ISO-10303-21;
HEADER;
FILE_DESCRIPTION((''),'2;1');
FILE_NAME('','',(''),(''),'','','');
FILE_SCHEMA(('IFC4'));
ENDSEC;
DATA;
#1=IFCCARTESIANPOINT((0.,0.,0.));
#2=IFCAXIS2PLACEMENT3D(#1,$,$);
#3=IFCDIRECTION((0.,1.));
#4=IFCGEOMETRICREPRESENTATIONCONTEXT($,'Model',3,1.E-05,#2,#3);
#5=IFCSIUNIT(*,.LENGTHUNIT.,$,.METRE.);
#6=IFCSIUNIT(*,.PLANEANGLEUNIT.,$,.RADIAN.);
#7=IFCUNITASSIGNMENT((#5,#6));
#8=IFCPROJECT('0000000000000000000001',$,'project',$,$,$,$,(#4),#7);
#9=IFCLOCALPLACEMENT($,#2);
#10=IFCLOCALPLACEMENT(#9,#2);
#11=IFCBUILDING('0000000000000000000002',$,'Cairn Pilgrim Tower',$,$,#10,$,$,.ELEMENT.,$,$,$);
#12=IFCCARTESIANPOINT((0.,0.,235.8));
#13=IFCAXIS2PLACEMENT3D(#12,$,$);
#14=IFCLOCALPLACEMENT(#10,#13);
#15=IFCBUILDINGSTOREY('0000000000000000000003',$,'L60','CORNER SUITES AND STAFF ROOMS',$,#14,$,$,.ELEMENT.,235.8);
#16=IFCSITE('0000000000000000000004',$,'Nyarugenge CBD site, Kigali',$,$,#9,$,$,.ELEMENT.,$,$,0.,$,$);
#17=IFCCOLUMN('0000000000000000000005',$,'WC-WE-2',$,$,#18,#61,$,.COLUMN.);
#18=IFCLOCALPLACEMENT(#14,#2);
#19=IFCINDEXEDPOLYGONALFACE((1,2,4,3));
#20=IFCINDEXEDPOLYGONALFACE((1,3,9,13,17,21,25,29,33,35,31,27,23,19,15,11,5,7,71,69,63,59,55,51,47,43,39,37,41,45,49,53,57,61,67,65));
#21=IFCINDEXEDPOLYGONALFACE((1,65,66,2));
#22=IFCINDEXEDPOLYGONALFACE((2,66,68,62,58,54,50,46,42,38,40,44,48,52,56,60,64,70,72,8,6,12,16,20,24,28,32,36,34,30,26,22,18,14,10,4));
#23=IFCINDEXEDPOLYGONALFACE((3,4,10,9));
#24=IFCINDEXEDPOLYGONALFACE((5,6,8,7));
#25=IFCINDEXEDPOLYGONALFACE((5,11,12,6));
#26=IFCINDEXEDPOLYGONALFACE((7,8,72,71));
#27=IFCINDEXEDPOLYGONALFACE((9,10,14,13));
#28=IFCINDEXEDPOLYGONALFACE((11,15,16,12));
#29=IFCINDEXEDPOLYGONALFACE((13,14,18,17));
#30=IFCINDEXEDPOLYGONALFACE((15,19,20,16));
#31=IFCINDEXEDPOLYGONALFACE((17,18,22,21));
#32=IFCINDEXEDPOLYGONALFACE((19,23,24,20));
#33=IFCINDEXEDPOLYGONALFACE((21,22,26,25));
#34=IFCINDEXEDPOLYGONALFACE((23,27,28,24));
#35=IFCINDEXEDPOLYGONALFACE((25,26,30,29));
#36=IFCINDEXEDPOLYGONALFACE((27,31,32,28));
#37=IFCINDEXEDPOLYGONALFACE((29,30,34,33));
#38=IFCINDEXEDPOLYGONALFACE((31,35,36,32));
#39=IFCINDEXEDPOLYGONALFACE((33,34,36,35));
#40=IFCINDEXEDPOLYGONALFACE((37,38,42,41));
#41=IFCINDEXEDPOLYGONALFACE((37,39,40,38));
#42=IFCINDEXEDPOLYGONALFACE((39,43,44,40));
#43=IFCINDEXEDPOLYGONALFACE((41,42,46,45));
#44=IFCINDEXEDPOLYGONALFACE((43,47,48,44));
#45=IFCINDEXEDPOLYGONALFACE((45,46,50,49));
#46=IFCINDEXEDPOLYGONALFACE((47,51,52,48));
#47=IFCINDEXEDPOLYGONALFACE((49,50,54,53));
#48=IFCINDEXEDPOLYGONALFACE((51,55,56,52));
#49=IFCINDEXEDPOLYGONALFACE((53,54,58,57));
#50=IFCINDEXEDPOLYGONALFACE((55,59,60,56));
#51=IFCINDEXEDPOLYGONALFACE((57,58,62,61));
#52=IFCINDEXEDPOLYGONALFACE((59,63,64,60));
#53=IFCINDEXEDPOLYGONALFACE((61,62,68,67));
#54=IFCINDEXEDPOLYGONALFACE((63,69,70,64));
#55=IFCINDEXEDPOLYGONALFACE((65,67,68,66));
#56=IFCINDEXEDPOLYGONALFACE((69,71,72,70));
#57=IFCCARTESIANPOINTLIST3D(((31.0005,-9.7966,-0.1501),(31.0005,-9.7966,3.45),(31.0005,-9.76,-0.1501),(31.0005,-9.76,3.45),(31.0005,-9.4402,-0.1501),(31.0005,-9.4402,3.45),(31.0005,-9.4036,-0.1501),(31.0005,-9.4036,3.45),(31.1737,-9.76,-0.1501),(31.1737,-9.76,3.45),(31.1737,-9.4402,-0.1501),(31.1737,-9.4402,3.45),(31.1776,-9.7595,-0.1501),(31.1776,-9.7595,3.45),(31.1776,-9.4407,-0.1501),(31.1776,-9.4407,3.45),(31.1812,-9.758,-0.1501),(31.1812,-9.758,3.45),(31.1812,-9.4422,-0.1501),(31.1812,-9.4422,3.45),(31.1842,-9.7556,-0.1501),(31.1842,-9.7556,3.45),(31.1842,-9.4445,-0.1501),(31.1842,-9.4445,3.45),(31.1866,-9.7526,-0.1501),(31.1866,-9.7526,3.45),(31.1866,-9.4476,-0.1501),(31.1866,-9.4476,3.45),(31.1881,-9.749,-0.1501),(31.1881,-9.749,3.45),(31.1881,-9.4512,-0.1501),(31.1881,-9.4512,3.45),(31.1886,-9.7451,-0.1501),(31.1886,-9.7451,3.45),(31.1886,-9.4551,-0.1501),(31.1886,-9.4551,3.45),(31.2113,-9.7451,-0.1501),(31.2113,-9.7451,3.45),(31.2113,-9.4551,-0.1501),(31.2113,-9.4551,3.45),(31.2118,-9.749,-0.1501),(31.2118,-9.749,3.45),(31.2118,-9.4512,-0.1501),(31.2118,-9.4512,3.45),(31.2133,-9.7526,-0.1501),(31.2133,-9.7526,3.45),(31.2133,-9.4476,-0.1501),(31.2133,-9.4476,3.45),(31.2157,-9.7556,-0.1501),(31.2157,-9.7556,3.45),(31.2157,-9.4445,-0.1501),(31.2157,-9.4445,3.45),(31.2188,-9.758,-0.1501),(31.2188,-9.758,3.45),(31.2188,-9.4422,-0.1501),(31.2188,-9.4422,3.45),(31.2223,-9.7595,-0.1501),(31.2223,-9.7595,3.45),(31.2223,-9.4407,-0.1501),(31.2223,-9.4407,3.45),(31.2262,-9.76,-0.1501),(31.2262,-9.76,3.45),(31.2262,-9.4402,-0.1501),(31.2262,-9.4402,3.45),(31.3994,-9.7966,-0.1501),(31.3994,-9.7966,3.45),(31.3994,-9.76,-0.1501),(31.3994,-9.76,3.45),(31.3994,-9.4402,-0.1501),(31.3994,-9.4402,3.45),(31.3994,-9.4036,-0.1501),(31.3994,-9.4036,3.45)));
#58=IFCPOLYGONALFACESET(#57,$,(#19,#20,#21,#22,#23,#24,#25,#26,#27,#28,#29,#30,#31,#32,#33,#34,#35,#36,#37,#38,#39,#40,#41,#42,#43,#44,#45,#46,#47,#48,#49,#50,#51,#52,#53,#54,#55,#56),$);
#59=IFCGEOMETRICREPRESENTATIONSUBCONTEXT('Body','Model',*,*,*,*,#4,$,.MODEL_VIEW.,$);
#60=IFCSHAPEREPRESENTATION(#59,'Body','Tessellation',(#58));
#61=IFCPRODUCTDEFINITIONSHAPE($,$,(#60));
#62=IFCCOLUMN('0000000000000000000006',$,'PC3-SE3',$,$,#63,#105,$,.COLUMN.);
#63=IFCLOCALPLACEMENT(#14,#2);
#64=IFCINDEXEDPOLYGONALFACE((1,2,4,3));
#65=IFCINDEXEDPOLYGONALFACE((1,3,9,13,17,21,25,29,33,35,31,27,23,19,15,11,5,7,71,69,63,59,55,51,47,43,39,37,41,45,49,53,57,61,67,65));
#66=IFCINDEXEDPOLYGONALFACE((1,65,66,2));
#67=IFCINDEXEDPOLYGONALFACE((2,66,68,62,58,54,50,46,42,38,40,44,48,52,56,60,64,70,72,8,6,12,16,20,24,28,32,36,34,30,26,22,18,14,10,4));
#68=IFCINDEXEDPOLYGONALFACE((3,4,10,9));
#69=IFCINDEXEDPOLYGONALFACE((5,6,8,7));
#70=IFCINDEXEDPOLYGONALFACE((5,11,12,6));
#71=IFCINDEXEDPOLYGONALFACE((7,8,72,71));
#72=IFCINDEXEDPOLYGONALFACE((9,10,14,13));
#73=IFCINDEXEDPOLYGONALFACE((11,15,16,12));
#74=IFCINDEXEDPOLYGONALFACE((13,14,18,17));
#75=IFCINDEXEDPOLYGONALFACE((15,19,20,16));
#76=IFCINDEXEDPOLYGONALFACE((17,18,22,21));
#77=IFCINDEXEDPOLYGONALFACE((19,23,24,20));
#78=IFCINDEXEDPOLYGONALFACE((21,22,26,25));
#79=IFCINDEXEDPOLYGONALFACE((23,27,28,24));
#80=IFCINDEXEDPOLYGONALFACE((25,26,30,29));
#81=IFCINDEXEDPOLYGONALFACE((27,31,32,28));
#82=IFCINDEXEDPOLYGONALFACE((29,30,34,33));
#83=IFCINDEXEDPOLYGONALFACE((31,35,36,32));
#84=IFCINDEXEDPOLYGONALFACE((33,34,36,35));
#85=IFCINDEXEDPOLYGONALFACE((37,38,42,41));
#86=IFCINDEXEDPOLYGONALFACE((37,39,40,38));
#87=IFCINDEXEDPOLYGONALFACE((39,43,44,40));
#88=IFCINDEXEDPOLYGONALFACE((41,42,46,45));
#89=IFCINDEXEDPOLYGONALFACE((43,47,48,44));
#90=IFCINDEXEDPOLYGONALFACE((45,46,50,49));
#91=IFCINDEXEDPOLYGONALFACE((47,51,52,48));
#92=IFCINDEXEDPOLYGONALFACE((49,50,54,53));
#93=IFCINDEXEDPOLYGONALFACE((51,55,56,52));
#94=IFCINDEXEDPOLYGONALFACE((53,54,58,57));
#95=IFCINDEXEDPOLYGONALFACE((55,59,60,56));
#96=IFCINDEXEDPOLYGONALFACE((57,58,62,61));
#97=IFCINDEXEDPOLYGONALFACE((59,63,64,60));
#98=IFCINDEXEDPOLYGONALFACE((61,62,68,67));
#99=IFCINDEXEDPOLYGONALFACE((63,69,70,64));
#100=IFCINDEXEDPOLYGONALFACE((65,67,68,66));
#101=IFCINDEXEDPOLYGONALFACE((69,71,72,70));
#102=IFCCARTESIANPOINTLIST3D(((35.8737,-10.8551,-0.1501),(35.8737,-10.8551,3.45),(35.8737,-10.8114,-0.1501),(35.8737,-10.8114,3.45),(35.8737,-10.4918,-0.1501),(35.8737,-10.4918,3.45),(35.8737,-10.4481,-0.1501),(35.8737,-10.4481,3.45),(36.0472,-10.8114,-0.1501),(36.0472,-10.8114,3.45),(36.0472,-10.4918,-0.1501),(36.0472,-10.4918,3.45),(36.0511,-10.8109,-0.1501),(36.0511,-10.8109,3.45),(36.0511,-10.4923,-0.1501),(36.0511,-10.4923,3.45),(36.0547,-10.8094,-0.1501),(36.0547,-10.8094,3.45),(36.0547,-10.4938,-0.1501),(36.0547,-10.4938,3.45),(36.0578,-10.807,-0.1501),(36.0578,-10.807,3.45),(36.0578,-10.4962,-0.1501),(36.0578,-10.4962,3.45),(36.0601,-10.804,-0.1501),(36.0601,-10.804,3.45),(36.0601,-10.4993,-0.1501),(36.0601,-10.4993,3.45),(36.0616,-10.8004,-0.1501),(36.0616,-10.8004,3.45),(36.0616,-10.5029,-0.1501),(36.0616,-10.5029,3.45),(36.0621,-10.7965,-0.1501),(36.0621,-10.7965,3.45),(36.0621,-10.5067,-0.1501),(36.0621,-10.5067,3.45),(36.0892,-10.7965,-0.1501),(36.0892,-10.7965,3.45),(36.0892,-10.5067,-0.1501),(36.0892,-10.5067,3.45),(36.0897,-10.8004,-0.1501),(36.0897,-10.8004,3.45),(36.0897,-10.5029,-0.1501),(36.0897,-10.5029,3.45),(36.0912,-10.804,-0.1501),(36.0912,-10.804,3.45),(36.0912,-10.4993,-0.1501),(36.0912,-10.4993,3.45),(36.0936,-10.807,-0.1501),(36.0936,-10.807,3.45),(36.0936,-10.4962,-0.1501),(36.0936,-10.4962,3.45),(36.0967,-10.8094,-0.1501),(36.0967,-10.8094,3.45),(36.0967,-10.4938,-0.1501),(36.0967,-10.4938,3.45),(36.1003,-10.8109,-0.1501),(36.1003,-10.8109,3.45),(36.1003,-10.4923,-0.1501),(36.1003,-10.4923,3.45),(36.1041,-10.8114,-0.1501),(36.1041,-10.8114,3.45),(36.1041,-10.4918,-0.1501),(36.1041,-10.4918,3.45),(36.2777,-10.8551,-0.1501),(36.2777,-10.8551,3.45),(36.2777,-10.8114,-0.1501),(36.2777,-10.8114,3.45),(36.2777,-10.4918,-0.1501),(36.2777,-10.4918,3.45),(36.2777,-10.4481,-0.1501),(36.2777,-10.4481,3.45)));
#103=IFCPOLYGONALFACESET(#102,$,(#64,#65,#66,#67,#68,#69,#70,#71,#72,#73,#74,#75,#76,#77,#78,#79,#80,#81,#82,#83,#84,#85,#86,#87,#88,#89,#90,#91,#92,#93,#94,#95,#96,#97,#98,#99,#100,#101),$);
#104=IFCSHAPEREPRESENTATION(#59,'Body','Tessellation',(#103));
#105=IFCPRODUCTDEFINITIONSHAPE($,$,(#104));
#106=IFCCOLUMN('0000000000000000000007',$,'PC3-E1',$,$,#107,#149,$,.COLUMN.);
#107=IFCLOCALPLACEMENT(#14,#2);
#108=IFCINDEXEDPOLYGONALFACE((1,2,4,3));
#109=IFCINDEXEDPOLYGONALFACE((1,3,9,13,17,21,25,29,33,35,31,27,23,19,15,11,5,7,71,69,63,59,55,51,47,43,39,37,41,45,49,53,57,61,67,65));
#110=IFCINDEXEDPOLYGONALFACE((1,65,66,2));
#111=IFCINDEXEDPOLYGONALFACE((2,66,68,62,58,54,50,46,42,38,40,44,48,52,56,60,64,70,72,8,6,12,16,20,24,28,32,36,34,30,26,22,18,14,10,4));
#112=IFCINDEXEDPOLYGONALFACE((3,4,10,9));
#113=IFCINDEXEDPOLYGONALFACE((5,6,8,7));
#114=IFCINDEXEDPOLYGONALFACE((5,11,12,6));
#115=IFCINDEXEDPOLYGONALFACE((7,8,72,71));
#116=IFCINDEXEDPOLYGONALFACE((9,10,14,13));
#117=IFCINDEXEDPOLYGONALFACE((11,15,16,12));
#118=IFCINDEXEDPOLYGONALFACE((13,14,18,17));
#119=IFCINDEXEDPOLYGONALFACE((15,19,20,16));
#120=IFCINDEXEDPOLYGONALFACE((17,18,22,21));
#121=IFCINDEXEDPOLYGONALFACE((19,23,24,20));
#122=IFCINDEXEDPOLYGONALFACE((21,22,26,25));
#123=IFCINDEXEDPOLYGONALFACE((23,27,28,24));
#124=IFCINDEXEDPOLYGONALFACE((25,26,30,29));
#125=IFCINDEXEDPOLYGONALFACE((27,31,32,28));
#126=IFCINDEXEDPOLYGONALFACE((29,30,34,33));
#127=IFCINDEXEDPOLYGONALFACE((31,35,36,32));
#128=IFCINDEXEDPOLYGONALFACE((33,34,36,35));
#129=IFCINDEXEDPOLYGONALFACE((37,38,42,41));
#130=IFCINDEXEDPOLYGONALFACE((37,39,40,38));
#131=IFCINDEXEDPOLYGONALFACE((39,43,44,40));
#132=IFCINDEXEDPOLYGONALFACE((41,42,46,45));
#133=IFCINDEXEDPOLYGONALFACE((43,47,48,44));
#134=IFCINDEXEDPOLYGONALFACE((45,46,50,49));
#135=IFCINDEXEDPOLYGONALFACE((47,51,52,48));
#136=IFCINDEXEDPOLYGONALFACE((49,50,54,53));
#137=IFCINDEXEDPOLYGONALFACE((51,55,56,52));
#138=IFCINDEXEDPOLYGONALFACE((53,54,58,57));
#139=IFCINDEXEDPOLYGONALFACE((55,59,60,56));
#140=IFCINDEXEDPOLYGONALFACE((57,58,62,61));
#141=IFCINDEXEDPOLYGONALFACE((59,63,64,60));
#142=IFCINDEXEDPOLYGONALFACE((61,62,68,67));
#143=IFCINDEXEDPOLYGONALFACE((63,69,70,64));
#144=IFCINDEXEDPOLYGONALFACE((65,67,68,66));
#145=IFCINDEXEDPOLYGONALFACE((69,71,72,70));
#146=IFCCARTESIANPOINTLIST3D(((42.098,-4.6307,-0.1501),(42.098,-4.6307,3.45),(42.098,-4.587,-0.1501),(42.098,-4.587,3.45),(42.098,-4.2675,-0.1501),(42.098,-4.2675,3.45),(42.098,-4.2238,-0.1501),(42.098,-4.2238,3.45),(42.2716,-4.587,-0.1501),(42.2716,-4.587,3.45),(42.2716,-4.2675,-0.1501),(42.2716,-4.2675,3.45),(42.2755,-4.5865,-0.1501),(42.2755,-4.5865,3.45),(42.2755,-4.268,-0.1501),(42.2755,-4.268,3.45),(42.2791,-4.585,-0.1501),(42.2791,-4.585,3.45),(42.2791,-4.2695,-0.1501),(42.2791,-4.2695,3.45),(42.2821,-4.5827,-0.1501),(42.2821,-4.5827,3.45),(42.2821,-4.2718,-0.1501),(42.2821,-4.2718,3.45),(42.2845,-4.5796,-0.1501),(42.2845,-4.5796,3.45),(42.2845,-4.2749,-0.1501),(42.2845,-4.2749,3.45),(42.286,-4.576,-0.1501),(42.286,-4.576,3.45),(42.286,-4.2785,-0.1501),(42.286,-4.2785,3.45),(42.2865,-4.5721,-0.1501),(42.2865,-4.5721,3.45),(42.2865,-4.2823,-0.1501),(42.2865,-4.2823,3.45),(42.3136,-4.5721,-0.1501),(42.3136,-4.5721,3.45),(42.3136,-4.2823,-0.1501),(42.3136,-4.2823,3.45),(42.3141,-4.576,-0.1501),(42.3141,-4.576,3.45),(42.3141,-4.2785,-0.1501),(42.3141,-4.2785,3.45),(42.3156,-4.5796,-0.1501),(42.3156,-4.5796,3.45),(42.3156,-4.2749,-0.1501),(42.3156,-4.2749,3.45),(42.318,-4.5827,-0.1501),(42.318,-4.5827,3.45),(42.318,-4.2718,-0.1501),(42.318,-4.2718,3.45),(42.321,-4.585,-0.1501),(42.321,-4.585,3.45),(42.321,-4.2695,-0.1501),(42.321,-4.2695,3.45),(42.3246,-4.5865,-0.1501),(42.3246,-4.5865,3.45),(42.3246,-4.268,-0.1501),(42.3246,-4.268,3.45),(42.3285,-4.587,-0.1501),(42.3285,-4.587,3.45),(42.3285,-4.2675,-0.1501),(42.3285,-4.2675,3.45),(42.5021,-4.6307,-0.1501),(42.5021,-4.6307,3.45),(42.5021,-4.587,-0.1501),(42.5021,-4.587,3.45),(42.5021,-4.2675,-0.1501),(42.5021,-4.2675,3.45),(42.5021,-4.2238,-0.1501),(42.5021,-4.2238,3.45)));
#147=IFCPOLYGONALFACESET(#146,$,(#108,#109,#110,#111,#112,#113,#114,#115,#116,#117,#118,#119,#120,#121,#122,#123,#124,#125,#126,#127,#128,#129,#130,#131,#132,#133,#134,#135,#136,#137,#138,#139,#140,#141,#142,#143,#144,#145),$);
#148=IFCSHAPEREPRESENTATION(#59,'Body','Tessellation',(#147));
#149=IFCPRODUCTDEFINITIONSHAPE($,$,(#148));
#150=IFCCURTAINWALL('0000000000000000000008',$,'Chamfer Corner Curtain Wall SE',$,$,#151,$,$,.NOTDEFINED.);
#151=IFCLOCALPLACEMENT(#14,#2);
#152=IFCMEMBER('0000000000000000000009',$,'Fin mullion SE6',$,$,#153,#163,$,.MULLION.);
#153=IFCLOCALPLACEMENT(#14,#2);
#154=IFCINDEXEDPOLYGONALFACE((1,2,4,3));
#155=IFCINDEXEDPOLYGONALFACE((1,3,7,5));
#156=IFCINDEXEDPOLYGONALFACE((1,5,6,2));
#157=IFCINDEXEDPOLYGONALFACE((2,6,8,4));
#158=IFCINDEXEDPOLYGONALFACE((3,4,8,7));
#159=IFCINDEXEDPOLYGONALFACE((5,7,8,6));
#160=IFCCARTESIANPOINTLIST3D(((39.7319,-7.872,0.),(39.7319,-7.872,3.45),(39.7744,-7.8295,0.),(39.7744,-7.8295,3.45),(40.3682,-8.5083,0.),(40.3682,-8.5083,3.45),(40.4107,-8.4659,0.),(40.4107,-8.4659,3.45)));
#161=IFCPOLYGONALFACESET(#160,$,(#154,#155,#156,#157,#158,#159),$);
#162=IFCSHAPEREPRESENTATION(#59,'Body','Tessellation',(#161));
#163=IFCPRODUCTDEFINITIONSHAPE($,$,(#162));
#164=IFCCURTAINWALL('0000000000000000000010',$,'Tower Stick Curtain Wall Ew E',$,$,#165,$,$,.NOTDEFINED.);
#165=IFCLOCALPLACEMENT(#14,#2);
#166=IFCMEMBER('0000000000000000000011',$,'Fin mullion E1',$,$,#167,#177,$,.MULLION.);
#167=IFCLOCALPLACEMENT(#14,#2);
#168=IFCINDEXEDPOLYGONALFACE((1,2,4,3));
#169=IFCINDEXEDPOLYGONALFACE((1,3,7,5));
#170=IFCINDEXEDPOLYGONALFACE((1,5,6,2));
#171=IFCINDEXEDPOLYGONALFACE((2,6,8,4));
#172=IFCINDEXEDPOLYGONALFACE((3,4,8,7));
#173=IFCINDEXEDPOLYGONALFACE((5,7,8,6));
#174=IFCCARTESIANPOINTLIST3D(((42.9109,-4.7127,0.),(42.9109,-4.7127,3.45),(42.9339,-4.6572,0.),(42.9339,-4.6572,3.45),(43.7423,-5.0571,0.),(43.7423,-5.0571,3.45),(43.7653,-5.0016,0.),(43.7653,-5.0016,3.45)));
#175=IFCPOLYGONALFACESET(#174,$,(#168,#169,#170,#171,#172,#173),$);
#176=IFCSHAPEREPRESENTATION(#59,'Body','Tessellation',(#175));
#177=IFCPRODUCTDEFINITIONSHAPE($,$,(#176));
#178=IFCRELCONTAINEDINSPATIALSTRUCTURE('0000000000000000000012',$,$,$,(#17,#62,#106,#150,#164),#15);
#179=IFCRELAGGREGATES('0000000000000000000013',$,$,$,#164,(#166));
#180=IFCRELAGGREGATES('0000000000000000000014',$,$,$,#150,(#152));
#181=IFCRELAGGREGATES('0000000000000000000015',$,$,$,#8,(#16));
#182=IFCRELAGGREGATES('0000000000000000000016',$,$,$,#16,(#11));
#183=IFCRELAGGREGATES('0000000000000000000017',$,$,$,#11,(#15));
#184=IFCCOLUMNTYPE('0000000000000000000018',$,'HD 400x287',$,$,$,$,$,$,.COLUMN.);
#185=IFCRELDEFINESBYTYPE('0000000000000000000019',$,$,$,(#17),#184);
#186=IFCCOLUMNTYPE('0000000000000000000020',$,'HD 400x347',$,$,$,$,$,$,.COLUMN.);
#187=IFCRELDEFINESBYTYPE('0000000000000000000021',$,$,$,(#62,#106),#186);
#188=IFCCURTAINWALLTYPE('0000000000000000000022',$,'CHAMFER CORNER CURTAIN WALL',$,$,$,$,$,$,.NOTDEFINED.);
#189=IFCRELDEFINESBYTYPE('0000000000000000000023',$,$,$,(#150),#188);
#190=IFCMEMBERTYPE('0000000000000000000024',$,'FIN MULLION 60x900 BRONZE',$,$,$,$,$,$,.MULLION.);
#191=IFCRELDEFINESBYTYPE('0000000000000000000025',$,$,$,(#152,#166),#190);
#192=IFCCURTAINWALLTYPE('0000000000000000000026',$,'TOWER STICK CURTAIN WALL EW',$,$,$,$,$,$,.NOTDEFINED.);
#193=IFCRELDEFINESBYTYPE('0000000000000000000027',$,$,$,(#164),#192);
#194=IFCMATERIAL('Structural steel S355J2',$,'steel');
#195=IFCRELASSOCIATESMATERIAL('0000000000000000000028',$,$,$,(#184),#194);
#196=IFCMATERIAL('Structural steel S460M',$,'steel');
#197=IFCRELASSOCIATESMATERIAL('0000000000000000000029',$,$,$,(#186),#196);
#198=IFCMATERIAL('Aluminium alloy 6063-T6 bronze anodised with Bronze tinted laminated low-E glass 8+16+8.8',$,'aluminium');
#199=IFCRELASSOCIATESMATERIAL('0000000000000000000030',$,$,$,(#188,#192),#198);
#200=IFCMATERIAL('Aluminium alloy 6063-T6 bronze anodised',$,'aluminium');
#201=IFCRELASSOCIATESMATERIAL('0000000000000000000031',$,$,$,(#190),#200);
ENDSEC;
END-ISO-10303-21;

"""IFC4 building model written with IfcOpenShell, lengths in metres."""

from ifc_helpers import new_model, si_unit, direction, frame, origin, origin_2d, place, context, subcontext, project, spatial, rectangle, i_section, extrude, material, material_profile, profile_set, type_object, element, aggregate, save


model = new_model("IFC4")

# Units and contexts
model_context = context("Model", 3, precision=1e-05, world=origin(), true_north=direction((0.0, 1.0)))
body_context = subcontext(model_context, "Body", "Model", "MODEL_VIEW")
ifc_project = project(units=[si_unit("LENGTHUNIT", "METRE"), si_unit("PLANEANGLEUNIT", "RADIAN")], contexts=[model_context])

# Site, building, storey
site_placement = place(None, origin())
site = spatial("IfcSite", under=ifc_project, at=site_placement, Name="Nyarugenge CBD site, Kigali", CompositionType="ELEMENT", RefElevation=0.0)
building_placement = place(site_placement, origin())
building = spatial("IfcBuilding", under=site, at=building_placement, Name="Cairn Pilgrim Tower", CompositionType="ELEMENT")
storey_placement = place(building_placement, frame((0.0, 0.0, 235.8)))
storey = spatial("IfcBuildingStorey", under=building, at=storey_placement, Name="L60", Description="CORNER SUITES AND STAFF ROOMS", CompositionType="ELEMENT", Elevation=235.8)

# Columns
ifc_material_1 = material(Name="Structural steel S355J2", Category="steel")
ifc_material_profile_1 = material_profile(ifc_material_1, i_section(OverallWidth=0.3989, OverallDepth=0.3931, WebThickness=0.0227, FlangeThickness=0.0366, FilletRadius=0.0149, at=origin_2d()), Name="HD 400x287")
ifc_profile_set_1 = profile_set([ifc_material_profile_1], Name="Structural steel S355J2")
column_type_1 = type_object("IfcColumnType", Name="HD 400x287", PredefinedType="COLUMN", material=ifc_profile_set_1)
column_placement = place(storey_placement, frame((31.2, -9.6001, -0.1501), z_axis=(0.0, 0.0, 1.0), x_axis=(1.0, 0.0, 0.0)))
element("IfcColumn", 1, at=column_placement, inside=storey, type_object=column_type_1, Name="WC-WE-2", PredefinedType="COLUMN", context=body_context, shape_type="SweptSolid", body=[
    extrude(i_section(OverallWidth=0.3989, OverallDepth=0.3931, WebThickness=0.0227, FlangeThickness=0.0366, FilletRadius=0.0149, at=origin_2d()), origin(), (0.0, 0.0, 1.0), 3.6001),
])
ifc_material_2 = material(Name="Structural steel S460M", Category="steel")
ifc_material_profile_2 = material_profile(ifc_material_2, i_section(OverallWidth=0.4041, OverallDepth=0.407, WebThickness=0.0271, FlangeThickness=0.0437, FilletRadius=0.0149, at=origin_2d()), Name="HD 400x347")
ifc_profile_set_2 = profile_set([ifc_material_profile_2], Name="Structural steel S460M")
column_type_2 = type_object("IfcColumnType", Name="HD 400x347", PredefinedType="COLUMN", material=ifc_profile_set_2)
for number, where, z_axis, x_axis, name in (
    (2, (36.0757, -10.6516, -0.1501), (0.0, 0.0, 1.0), (1.0, 0.0, 0.0), "PC3-SE3"),
    (3, (42.3, -4.4272, -0.1501), (0.0, 0.0, 1.0), (1.0, 0.0, 0.0), "PC3-E1"),
):
    element("IfcColumn", number, at=place(storey_placement, frame(where, z_axis=z_axis, x_axis=x_axis)), inside=storey, type_object=column_type_2, Name=name, PredefinedType="COLUMN", context=body_context, shape_type="SweptSolid", body=[
        extrude(i_section(OverallWidth=0.4041, OverallDepth=0.407, WebThickness=0.0271, FlangeThickness=0.0437, FilletRadius=0.0149, at=origin_2d()), origin(), (0.0, 0.0, 1.0), 3.6001),
    ])

# Curtain walls, members
ifc_material_3 = material(Name="Aluminium alloy 6063-T6 bronze anodised with Bronze tinted laminated low-E glass 8+16+8.8", Category="aluminium")
curtain_wall_type_1 = type_object("IfcCurtainWallType", Name="CHAMFER CORNER CURTAIN WALL", PredefinedType="NOTDEFINED", material=ifc_material_3)
curtain_wall_1_placement = place(storey_placement, origin())
curtain_wall_1 = element("IfcCurtainWall", 4, at=curtain_wall_1_placement, inside=storey, type_object=curtain_wall_type_1, Name="Chamfer Corner Curtain Wall SE", PredefinedType="NOTDEFINED")
ifc_material_4 = material(Name="Aluminium alloy 6063-T6 bronze anodised", Category="aluminium")
ifc_material_profile_3 = material_profile(ifc_material_4, rectangle(XDim=0.8999, YDim=0.0601, at=origin_2d()), Name="FIN MULLION 60x900 BRONZE")
ifc_profile_set_3 = profile_set([ifc_material_profile_3], Name="Aluminium alloy 6063-T6 bronze anodised")
member_type_1 = type_object("IfcMemberType", Name="FIN MULLION 60x900 BRONZE", PredefinedType="MULLION", material=ifc_profile_set_3)
member_1_placement = place(storey_placement, frame((40.0713, -8.1689, 0.0), z_axis=(0.0, 0.0, 1.0), x_axis=(0.707107, -0.707107, 0.0)))
member_1 = element("IfcMember", 5, at=member_1_placement, type_object=member_type_1, Name="Fin mullion SE6", PredefinedType="MULLION", context=body_context, shape_type="SweptSolid", body=[
    extrude(rectangle(XDim=0.8999, YDim=0.0601, at=origin_2d()), origin(), (0.0, 0.0, 1.0), 3.45),
])
curtain_wall_type_2 = type_object("IfcCurtainWallType", Name="TOWER STICK CURTAIN WALL EW", PredefinedType="NOTDEFINED", material=ifc_material_3)
curtain_wall_2_placement = place(storey_placement, origin())
curtain_wall_2 = element("IfcCurtainWall", 6, at=curtain_wall_2_placement, inside=storey, type_object=curtain_wall_type_2, Name="Tower Stick Curtain Wall Ew E", PredefinedType="NOTDEFINED")
member_2_placement = place(storey_placement, frame((43.3381, -4.8572, 0.0), z_axis=(0.0, 0.0, 1.0), x_axis=(0.92388, -0.382683, 0.0)))
member_2 = element("IfcMember", 7, at=member_2_placement, type_object=member_type_1, Name="Fin mullion E1", PredefinedType="MULLION", context=body_context, shape_type="SweptSolid", body=[
    extrude(rectangle(XDim=0.8999, YDim=0.0601, at=origin_2d()), origin(), (0.0, 0.0, 1.0), 3.45),
])
aggregate(curtain_wall_2, [member_2])

aggregate(curtain_wall_1, [member_1])

save(model, "model.ifc")
